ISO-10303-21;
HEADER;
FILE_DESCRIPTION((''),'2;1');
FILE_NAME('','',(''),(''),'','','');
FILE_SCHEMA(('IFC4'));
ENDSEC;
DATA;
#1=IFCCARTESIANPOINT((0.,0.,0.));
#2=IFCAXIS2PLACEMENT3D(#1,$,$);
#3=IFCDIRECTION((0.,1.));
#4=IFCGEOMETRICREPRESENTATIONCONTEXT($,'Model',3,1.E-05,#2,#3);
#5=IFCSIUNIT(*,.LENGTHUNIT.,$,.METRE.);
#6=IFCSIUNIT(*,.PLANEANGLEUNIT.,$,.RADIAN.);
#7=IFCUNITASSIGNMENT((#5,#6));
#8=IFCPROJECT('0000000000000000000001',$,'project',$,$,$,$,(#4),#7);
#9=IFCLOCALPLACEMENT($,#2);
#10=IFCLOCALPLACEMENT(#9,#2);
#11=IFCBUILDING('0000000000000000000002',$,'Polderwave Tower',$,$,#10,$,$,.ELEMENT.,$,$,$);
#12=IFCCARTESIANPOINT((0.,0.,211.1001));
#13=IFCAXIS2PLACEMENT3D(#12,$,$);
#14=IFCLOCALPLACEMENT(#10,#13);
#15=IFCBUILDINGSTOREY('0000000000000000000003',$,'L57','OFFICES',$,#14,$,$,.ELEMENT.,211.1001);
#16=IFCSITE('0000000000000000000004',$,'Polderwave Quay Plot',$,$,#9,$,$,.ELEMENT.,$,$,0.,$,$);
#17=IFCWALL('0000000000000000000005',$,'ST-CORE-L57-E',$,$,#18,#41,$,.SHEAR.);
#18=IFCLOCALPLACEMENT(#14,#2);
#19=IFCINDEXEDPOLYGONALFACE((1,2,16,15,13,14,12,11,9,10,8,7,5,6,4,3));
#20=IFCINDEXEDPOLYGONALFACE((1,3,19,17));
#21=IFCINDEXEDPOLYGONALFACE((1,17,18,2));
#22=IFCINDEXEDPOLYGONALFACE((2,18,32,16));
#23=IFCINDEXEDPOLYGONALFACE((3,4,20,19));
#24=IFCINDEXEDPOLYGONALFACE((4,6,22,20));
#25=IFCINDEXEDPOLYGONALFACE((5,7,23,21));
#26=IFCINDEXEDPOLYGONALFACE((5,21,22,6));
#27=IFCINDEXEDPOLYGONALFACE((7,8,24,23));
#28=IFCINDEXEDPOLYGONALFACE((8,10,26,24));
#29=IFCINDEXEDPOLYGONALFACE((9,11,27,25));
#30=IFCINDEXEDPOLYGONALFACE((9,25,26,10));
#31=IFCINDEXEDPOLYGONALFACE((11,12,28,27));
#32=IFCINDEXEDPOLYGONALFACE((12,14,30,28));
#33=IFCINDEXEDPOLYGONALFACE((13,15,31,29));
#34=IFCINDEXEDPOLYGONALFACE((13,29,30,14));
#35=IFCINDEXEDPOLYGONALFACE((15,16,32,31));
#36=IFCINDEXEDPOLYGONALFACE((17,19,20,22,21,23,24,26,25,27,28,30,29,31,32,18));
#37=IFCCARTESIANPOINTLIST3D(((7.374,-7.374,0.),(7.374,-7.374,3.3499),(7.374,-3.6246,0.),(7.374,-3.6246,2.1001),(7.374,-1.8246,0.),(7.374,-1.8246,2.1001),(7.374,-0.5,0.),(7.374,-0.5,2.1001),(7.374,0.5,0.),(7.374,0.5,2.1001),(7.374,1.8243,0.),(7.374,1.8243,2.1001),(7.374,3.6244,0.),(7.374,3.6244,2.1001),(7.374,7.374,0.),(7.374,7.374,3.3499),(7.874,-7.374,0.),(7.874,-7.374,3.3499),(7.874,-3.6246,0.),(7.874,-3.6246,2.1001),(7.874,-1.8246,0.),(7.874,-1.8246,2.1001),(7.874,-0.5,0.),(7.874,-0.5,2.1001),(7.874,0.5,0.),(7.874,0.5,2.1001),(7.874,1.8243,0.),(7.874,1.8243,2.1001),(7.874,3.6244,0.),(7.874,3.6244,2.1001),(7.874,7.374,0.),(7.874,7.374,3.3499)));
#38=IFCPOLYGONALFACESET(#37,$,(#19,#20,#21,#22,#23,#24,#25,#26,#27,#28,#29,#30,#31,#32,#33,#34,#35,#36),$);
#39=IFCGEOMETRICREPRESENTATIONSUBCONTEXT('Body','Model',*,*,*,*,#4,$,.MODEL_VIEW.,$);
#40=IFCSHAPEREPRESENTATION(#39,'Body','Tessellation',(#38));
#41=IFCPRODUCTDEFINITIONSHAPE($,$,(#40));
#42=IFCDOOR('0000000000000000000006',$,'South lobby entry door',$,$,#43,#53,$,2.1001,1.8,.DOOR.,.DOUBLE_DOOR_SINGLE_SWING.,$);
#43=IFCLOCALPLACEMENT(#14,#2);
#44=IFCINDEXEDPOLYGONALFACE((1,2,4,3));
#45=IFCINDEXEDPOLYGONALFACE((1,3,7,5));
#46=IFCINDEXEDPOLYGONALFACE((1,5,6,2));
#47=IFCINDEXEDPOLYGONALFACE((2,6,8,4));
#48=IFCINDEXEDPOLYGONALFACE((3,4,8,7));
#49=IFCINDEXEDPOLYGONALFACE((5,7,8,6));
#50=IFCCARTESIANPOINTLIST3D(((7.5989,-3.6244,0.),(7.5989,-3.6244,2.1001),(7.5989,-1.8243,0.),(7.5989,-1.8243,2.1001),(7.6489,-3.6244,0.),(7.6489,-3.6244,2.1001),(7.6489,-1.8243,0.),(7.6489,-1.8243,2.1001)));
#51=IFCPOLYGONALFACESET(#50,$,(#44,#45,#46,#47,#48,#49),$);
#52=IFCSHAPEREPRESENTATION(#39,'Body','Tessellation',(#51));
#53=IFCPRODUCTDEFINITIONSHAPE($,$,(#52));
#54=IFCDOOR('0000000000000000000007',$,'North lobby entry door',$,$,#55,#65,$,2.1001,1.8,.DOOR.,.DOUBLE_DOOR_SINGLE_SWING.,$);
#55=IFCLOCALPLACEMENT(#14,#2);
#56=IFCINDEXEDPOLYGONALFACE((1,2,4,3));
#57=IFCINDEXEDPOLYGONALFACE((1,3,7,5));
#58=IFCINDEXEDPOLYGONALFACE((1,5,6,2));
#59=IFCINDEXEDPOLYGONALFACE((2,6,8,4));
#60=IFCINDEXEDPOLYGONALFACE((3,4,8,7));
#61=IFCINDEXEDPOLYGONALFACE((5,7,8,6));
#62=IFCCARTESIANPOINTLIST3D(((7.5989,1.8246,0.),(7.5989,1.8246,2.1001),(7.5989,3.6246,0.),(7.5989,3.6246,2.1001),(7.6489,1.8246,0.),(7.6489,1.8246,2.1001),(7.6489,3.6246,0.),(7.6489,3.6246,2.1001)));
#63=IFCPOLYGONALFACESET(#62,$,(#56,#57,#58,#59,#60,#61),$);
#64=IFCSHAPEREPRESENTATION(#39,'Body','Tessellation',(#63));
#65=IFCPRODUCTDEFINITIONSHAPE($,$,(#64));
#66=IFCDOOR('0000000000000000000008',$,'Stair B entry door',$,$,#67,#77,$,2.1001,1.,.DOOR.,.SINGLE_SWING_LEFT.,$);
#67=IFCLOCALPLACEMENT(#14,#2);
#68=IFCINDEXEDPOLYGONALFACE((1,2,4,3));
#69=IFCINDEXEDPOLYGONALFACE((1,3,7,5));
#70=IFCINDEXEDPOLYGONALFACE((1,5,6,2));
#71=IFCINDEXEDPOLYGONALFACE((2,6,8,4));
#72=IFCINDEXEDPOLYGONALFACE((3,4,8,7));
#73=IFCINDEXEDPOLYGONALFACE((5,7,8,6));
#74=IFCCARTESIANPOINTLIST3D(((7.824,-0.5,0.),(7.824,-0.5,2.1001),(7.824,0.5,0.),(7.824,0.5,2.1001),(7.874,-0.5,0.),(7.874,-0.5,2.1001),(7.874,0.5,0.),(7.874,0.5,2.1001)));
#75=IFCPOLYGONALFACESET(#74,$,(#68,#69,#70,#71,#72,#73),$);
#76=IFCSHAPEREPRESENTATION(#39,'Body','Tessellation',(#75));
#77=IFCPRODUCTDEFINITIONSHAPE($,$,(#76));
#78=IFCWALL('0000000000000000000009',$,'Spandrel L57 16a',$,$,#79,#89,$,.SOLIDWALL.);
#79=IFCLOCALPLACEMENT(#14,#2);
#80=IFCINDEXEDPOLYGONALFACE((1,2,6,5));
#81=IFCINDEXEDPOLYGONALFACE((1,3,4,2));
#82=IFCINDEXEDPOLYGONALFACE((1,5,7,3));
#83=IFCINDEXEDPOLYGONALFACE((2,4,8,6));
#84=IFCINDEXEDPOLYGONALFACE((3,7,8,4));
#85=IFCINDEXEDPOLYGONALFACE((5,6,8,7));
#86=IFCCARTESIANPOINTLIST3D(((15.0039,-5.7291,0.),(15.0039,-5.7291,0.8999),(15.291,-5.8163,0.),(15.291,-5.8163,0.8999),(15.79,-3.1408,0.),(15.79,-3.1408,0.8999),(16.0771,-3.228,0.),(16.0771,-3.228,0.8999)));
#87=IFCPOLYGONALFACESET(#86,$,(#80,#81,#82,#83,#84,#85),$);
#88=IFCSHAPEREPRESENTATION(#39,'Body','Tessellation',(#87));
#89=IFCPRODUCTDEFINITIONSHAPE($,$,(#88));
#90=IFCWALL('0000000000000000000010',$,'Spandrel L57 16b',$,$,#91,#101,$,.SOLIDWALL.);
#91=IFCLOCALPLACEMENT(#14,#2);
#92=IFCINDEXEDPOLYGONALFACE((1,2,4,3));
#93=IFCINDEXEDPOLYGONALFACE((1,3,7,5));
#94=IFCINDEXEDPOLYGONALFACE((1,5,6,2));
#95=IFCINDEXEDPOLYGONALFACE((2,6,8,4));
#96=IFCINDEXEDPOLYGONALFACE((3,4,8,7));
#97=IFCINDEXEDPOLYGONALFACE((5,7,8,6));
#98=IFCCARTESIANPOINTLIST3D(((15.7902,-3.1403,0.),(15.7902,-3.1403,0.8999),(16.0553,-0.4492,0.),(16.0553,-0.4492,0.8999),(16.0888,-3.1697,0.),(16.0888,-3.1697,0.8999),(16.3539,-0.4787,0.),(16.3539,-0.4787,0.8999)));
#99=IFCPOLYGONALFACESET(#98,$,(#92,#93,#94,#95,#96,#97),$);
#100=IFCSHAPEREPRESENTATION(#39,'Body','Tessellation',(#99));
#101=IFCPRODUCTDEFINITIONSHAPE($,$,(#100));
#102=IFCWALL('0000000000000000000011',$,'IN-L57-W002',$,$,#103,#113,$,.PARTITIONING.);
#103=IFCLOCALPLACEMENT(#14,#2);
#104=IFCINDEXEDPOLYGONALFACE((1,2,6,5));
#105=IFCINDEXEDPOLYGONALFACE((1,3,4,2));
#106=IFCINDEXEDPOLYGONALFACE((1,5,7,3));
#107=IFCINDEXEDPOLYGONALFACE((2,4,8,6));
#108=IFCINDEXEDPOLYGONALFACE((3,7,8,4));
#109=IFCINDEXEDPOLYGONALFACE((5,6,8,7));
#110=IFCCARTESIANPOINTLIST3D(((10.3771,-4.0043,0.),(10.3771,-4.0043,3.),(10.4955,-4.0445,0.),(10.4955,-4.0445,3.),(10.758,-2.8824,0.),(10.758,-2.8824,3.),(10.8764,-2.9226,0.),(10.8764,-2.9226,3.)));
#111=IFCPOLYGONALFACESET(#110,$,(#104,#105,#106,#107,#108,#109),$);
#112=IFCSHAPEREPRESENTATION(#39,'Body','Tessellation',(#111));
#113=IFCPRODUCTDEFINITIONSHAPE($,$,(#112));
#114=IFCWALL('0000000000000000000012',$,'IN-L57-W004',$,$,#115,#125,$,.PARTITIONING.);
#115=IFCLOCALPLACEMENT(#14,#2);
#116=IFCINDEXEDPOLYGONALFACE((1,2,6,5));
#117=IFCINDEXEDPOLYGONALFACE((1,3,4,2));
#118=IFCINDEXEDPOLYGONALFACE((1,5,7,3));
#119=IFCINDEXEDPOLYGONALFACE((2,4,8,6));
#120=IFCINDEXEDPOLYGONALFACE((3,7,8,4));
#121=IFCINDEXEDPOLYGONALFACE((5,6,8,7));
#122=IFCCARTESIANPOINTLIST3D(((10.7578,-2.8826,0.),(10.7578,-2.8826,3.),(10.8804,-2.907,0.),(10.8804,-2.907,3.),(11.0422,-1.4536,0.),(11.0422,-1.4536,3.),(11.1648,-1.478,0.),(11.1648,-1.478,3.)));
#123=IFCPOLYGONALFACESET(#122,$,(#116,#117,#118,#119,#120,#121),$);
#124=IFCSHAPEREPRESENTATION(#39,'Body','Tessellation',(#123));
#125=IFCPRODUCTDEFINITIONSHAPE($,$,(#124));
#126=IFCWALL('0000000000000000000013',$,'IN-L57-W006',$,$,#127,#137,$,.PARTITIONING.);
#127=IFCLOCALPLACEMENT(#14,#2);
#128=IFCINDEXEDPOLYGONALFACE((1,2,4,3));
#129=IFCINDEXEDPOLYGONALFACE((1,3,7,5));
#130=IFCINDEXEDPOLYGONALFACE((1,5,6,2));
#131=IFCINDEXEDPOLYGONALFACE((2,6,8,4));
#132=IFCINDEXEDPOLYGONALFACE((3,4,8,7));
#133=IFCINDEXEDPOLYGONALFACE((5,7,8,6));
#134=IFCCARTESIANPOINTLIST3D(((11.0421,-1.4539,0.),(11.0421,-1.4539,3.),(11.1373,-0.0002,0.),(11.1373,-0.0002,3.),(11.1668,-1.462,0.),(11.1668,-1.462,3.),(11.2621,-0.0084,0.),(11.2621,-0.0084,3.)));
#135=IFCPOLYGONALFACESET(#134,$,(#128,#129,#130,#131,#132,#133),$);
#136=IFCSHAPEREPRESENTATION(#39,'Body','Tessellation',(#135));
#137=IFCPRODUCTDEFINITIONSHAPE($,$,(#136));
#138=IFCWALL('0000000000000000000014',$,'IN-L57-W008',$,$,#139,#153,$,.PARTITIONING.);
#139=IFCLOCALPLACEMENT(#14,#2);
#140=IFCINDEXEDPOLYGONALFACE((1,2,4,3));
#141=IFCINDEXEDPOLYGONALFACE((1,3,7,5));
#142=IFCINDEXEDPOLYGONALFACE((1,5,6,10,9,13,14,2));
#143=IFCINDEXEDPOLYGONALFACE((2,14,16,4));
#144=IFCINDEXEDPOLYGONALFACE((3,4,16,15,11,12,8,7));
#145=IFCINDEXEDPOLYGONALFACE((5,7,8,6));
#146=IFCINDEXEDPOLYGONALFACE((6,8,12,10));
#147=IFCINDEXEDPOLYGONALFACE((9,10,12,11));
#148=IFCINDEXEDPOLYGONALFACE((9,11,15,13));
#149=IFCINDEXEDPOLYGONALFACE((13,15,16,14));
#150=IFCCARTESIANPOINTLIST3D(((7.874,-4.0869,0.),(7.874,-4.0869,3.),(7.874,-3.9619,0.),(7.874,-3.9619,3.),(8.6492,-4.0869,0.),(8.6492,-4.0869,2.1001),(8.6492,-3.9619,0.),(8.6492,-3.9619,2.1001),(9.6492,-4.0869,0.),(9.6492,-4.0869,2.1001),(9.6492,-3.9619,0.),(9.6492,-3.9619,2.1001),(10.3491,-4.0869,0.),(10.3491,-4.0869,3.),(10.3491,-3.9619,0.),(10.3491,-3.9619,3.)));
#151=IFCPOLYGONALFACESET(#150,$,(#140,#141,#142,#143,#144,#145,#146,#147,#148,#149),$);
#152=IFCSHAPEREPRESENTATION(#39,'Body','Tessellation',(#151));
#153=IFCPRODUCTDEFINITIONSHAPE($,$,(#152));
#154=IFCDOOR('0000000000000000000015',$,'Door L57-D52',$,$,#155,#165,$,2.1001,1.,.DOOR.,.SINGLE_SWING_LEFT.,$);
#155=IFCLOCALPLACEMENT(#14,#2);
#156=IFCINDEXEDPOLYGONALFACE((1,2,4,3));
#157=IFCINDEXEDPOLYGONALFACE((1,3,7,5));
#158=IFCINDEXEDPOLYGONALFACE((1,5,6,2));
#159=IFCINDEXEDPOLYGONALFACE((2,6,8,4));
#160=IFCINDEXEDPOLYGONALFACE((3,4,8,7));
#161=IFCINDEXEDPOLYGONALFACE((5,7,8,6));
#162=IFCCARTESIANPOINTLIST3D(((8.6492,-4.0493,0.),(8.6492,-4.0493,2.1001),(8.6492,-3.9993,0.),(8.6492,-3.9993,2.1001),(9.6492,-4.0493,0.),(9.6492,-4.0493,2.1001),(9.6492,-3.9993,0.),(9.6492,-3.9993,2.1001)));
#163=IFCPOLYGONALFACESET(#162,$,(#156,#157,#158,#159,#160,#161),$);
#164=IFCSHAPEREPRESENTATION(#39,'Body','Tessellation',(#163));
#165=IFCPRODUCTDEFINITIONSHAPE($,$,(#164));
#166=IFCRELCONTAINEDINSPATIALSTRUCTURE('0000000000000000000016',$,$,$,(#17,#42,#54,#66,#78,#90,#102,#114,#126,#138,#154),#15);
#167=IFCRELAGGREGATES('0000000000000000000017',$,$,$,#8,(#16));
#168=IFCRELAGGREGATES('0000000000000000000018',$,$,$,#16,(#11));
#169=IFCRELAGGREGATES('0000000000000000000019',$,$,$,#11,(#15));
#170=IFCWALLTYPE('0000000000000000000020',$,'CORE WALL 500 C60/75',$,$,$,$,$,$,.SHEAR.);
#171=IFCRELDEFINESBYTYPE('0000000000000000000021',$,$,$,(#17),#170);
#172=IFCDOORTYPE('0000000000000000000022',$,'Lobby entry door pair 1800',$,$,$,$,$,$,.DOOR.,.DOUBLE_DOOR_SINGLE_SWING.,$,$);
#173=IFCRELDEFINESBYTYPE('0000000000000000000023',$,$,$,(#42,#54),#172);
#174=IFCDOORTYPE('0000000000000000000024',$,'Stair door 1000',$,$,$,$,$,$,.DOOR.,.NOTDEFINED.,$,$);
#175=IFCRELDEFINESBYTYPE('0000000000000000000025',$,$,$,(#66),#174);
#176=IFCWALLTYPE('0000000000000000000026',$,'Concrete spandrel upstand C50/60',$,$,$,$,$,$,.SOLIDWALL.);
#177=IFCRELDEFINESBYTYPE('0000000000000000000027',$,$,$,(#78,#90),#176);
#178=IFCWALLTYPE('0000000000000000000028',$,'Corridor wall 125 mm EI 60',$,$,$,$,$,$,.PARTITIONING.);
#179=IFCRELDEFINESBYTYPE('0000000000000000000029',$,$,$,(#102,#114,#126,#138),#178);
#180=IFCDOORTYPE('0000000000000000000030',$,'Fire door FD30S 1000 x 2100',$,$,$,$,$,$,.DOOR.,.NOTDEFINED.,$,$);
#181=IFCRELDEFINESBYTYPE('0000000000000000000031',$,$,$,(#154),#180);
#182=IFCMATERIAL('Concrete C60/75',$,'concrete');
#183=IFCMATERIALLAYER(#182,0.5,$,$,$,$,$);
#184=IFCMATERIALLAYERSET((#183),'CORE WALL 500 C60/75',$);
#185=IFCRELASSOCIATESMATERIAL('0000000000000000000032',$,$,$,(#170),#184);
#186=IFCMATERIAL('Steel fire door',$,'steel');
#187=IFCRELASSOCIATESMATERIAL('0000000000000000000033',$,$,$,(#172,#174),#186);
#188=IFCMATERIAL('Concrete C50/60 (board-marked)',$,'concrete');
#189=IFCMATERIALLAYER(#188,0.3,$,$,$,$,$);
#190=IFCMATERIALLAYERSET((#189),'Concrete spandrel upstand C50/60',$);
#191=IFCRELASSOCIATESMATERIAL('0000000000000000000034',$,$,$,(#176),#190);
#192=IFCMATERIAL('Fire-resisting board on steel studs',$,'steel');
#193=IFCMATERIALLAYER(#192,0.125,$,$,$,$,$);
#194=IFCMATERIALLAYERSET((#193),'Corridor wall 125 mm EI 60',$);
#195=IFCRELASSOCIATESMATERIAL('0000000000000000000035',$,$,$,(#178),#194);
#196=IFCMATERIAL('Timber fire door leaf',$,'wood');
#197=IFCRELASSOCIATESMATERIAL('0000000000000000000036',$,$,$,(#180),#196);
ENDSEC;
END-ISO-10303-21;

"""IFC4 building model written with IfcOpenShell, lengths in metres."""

from ifc_helpers import new_model, si_unit, direction, frame, frame_2d, origin, place, context, subcontext, project, spatial, rectangle, extrude, material, layer, layer_set, type_object, element, fill, save


model = new_model("IFC4")

# Units and contexts
model_context = context("Model", 3, precision=1e-05, world=origin(), true_north=direction((0.0, 1.0)))
body_context = subcontext(model_context, "Body", "Model", "MODEL_VIEW")
ifc_project = project(units=[si_unit("LENGTHUNIT", "METRE"), si_unit("PLANEANGLEUNIT", "RADIAN")], contexts=[model_context])

# Site, building, storey
site_placement = place(None, origin())
site = spatial("IfcSite", under=ifc_project, at=site_placement, Name="Polderwave Quay Plot", CompositionType="ELEMENT", RefElevation=0.0)
building_placement = place(site_placement, origin())
building = spatial("IfcBuilding", under=site, at=building_placement, Name="Polderwave Tower", CompositionType="ELEMENT")
storey_placement = place(building_placement, frame((0.0, 0.0, 211.1001)))
storey = spatial("IfcBuildingStorey", under=building, at=storey_placement, Name="L57", Description="OFFICES", CompositionType="ELEMENT", Elevation=211.1001)

# Shared definitions
ifc_material_1 = material(Name="Concrete C60/75", Category="concrete")

# Wall, openings, doors
ifc_layer_1 = layer(ifc_material_1, 0.5)
ifc_layer_set_1 = layer_set([ifc_layer_1], Name="CORE WALL 500 C60/75")
wall_type_1 = type_object("IfcWallType", Name="CORE WALL 500 C60/75", PredefinedType="SHEAR", material=ifc_layer_set_1)
wall_1_placement = place(storey_placement, frame((7.624, -7.374, 0.0), z_axis=(0.0, 0.0, 1.0), x_axis=(0.0, 1.0, 0.0)))
wall_1 = element("IfcWall", 1, at=wall_1_placement, inside=storey, type_object=wall_type_1, Name="ST-CORE-L57-E", PredefinedType="SHEAR", context=body_context, shape_type="SweptSolid", body=[
    extrude(rectangle(XDim=14.748, YDim=0.5, at=frame_2d((7.374, 0.0))), origin(), (0.0, 0.0, 1.0), 3.3499),
])
opening_1_placement = place(wall_1_placement, frame((6.874, 0.0, 0.0)))
opening_1 = element("IfcOpeningElement", 2, at=opening_1_placement, cuts=wall_1, PredefinedType="OPENING", context=body_context, shape_type="SweptSolid", body=[
    extrude(rectangle(XDim=1.0, YDim=2.1001, at=frame_2d((0.5, 1.05))), frame((0.0, 0.26, 0.0), z_axis=(0.0, -1.0, 0.0), x_axis=(1.0, 0.0, 0.0)), (0.0, 0.0, 1.0), 0.52),
])
opening_2_placement = place(wall_1_placement, frame((3.7495, 0.0, 0.0)))
opening_2 = element("IfcOpeningElement", 3, at=opening_2_placement, cuts=wall_1, PredefinedType="OPENING", context=body_context, shape_type="SweptSolid", body=[
    extrude(rectangle(XDim=1.8, YDim=2.1001, at=frame_2d((0.8999, 1.05))), frame((0.0, 0.26, 0.0), z_axis=(0.0, -1.0, 0.0), x_axis=(1.0, 0.0, 0.0)), (0.0, 0.0, 1.0), 0.52),
])
opening_3_placement = place(wall_1_placement, frame((9.1985, 0.0, 0.0)))
opening_3 = element("IfcOpeningElement", 4, at=opening_3_placement, cuts=wall_1, PredefinedType="OPENING", context=body_context, shape_type="SweptSolid", body=[
    extrude(rectangle(XDim=1.8, YDim=2.1001, at=frame_2d((0.8999, 1.05))), frame((0.0, 0.26, 0.0), z_axis=(0.0, -1.0, 0.0), x_axis=(1.0, 0.0, 0.0)), (0.0, 0.0, 1.0), 0.52),
])
ifc_material_2 = material(Name="Steel fire door", Category="steel")
door_type_1 = type_object("IfcDoorType", Name="Lobby entry door pair 1800", OperationType="DOUBLE_DOOR_SINGLE_SWING", PredefinedType="DOOR", material=ifc_material_2)
door_1_placement = place(opening_2_placement, frame((1.8, 0.0, 0.0), z_axis=(0.0, 0.0, 1.0), x_axis=(-1.0, 0.0, 0.0)))
door_1 = element("IfcDoor", 5, at=door_1_placement, inside=storey, type_object=door_type_1, Name="South lobby entry door", OperationType="DOUBLE_DOOR_SINGLE_SWING", OverallHeight=2.1001, OverallWidth=1.8, PredefinedType="DOOR", context=body_context, shape_type="SweptSolid", body=[
    extrude(rectangle(XDim=1.8, YDim=2.1001, at=frame_2d((0.8999, 1.05))), frame((0.0, 0.0249, 0.0), z_axis=(0.0, -1.0, 0.0), x_axis=(1.0, 0.0, 0.0)), (0.0, 0.0, 1.0), 0.05),
])
fill(opening_2, door_1)
door_2_placement = place(opening_3_placement, frame((1.8, 0.0, 0.0), z_axis=(0.0, 0.0, 1.0), x_axis=(-1.0, 0.0, 0.0)))
door_2 = element("IfcDoor", 6, at=door_2_placement, inside=storey, type_object=door_type_1, Name="North lobby entry door", OperationType="DOUBLE_DOOR_SINGLE_SWING", OverallHeight=2.1001, OverallWidth=1.8, PredefinedType="DOOR", context=body_context, shape_type="SweptSolid", body=[
    extrude(rectangle(XDim=1.8, YDim=2.1001, at=frame_2d((0.8999, 1.05))), frame((0.0, 0.0249, 0.0), z_axis=(0.0, -1.0, 0.0), x_axis=(1.0, 0.0, 0.0)), (0.0, 0.0, 1.0), 0.05),
])
fill(opening_3, door_2)
door_type_2 = type_object("IfcDoorType", Name="Stair door 1000", OperationType="NOTDEFINED", PredefinedType="DOOR", material=ifc_material_2)
door_3_placement = place(opening_1_placement, frame((1.0, 0.0, 0.0), z_axis=(0.0, 0.0, 1.0), x_axis=(-1.0, 0.0, 0.0)))
door_3 = element("IfcDoor", 7, at=door_3_placement, inside=storey, type_object=door_type_2, Name="Stair B entry door", OperationType="SINGLE_SWING_LEFT", OverallHeight=2.1001, OverallWidth=1.0, PredefinedType="DOOR", context=body_context, shape_type="SweptSolid", body=[
    extrude(rectangle(XDim=1.0, YDim=2.1001, at=frame_2d((0.5, 1.05))), frame((0.0, 0.25, 0.0), z_axis=(0.0, -1.0, 0.0), x_axis=(1.0, 0.0, 0.0)), (0.0, 0.0, 1.0), 0.05),
])
fill(opening_1, door_3)

# Walls
ifc_material_3 = material(Name="Concrete C50/60 (board-marked)", Category="concrete")
ifc_layer_2 = layer(ifc_material_3, 0.3)
ifc_layer_set_2 = layer_set([ifc_layer_2], Name="Concrete spandrel upstand C50/60")
wall_type_2 = type_object("IfcWallType", Name="Concrete spandrel upstand C50/60", PredefinedType="SOLIDWALL", material=ifc_layer_set_2)
wall_2_placement = place(storey_placement, frame((15.1475, -5.7727, 0.0), z_axis=(0.0, 0.0, 1.0), x_axis=(0.290609, 0.956842, 0.0)))
element("IfcWall", 8, at=wall_2_placement, inside=storey, type_object=wall_type_2, Name="Spandrel L57 16a", PredefinedType="SOLIDWALL", context=body_context, shape_type="SweptSolid", body=[
    extrude(rectangle(XDim=2.7051, YDim=0.3, at=frame_2d((1.3525, 0.0))), origin(), (0.0, 0.0, 1.0), 0.8999),
])
wall_3_placement = place(storey_placement, frame((15.9395, -3.155, 0.0), z_axis=(0.0, 0.0, 1.0), x_axis=(0.098047, 0.995182, 0.0)))
element("IfcWall", 9, at=wall_3_placement, inside=storey, type_object=wall_type_2, Name="Spandrel L57 16b", PredefinedType="SOLIDWALL", context=body_context, shape_type="SweptSolid", body=[
    extrude(rectangle(XDim=2.7041, YDim=0.3, at=frame_2d((1.3521, 0.0))), origin(), (0.0, 0.0, 1.0), 0.8999),
])
ifc_material_4 = material(Name="Fire-resisting board on steel studs", Category="steel")
ifc_layer_3 = layer(ifc_material_4, 0.125)
ifc_layer_set_3 = layer_set([ifc_layer_3], Name="Corridor wall 125 mm EI 60")
wall_type_3 = type_object("IfcWallType", Name="Corridor wall 125 mm EI 60", PredefinedType="PARTITIONING", material=ifc_layer_set_3)
wall_4_placement = place(storey_placement, frame((10.8171, -2.9026, 0.0), z_axis=(0.0, 0.0, 1.0), x_axis=(-0.321478, -0.946917, 0.0)))
element("IfcWall", 10, at=wall_4_placement, inside=storey, type_object=wall_type_3, Name="IN-L57-W002", PredefinedType="PARTITIONING", context=body_context, shape_type="SweptSolid", body=[
    extrude(rectangle(XDim=1.1848, YDim=0.125, at=frame_2d((0.5923, 0.0))), origin(), (0.0, 0.0, 1.0), 3.0),
])
wall_5_placement = place(storey_placement, frame((11.1035, -1.4658, 0.0), z_axis=(0.0, 0.0, 1.0), x_axis=(-0.195214, -0.980761, 0.0)))
element("IfcWall", 11, at=wall_5_placement, inside=storey, type_object=wall_type_3, Name="IN-L57-W004", PredefinedType="PARTITIONING", context=body_context, shape_type="SweptSolid", body=[
    extrude(rectangle(XDim=1.457, YDim=0.125, at=frame_2d((0.7285, 0.0))), origin(), (0.0, 0.0, 1.0), 3.0),
])
wall_6_placement = place(storey_placement, frame((11.1997, -0.0042, 0.0), z_axis=(0.0, 0.0, 1.0), x_axis=(-0.065362, -0.997862, 0.0)))
element("IfcWall", 12, at=wall_6_placement, inside=storey, type_object=wall_type_3, Name="IN-L57-W006", PredefinedType="PARTITIONING", context=body_context, shape_type="SweptSolid", body=[
    extrude(rectangle(XDim=1.4568, YDim=0.125, at=frame_2d((0.7285, 0.0))), origin(), (0.0, 0.0, 1.0), 3.0),
])

# Wall, opening, door
wall_7_placement = place(storey_placement, frame((10.3491, -4.0244, 0.0), z_axis=(0.0, 0.0, 1.0), x_axis=(-1.0, 0.0, 0.0)))
wall_7 = element("IfcWall", 13, at=wall_7_placement, inside=storey, type_object=wall_type_3, Name="IN-L57-W008", PredefinedType="PARTITIONING", context=body_context, shape_type="SweptSolid", body=[
    extrude(rectangle(XDim=2.4751, YDim=0.125, at=frame_2d((1.2375, 0.0))), origin(), (0.0, 0.0, 1.0), 3.0),
])
opening_4_placement = place(wall_7_placement, frame((0.7, 0.0, 0.0)))
opening_4 = element("IfcOpeningElement", 14, at=opening_4_placement, cuts=wall_7, PredefinedType="OPENING", context=body_context, shape_type="SweptSolid", body=[
    extrude(rectangle(XDim=1.0, YDim=2.1001, at=frame_2d((0.5, 1.05))), frame((0.0, 0.0725, 0.0), z_axis=(0.0, -1.0, 0.0), x_axis=(1.0, 0.0, 0.0)), (0.0, 0.0, 1.0), 0.145),
])
ifc_material_5 = material(Name="Timber fire door leaf", Category="wood")
door_type_3 = type_object("IfcDoorType", Name="Fire door FD30S 1000 x 2100", OperationType="NOTDEFINED", PredefinedType="DOOR", material=ifc_material_5)
door_4_placement = place(opening_4_placement, origin())
door_4 = element("IfcDoor", 15, at=door_4_placement, inside=storey, type_object=door_type_3, Name="Door L57-D52", OperationType="SINGLE_SWING_LEFT", OverallHeight=2.1001, OverallWidth=1.0, PredefinedType="DOOR", context=body_context, shape_type="SweptSolid", body=[
    extrude(rectangle(XDim=1.0, YDim=2.1001, at=frame_2d((0.5, 1.05))), frame((0.0, 0.0249, 0.0), z_axis=(0.0, -1.0, 0.0), x_axis=(1.0, 0.0, 0.0)), (0.0, 0.0, 1.0), 0.05),
])
fill(opening_4, door_4)

save(model, "model.ifc")
